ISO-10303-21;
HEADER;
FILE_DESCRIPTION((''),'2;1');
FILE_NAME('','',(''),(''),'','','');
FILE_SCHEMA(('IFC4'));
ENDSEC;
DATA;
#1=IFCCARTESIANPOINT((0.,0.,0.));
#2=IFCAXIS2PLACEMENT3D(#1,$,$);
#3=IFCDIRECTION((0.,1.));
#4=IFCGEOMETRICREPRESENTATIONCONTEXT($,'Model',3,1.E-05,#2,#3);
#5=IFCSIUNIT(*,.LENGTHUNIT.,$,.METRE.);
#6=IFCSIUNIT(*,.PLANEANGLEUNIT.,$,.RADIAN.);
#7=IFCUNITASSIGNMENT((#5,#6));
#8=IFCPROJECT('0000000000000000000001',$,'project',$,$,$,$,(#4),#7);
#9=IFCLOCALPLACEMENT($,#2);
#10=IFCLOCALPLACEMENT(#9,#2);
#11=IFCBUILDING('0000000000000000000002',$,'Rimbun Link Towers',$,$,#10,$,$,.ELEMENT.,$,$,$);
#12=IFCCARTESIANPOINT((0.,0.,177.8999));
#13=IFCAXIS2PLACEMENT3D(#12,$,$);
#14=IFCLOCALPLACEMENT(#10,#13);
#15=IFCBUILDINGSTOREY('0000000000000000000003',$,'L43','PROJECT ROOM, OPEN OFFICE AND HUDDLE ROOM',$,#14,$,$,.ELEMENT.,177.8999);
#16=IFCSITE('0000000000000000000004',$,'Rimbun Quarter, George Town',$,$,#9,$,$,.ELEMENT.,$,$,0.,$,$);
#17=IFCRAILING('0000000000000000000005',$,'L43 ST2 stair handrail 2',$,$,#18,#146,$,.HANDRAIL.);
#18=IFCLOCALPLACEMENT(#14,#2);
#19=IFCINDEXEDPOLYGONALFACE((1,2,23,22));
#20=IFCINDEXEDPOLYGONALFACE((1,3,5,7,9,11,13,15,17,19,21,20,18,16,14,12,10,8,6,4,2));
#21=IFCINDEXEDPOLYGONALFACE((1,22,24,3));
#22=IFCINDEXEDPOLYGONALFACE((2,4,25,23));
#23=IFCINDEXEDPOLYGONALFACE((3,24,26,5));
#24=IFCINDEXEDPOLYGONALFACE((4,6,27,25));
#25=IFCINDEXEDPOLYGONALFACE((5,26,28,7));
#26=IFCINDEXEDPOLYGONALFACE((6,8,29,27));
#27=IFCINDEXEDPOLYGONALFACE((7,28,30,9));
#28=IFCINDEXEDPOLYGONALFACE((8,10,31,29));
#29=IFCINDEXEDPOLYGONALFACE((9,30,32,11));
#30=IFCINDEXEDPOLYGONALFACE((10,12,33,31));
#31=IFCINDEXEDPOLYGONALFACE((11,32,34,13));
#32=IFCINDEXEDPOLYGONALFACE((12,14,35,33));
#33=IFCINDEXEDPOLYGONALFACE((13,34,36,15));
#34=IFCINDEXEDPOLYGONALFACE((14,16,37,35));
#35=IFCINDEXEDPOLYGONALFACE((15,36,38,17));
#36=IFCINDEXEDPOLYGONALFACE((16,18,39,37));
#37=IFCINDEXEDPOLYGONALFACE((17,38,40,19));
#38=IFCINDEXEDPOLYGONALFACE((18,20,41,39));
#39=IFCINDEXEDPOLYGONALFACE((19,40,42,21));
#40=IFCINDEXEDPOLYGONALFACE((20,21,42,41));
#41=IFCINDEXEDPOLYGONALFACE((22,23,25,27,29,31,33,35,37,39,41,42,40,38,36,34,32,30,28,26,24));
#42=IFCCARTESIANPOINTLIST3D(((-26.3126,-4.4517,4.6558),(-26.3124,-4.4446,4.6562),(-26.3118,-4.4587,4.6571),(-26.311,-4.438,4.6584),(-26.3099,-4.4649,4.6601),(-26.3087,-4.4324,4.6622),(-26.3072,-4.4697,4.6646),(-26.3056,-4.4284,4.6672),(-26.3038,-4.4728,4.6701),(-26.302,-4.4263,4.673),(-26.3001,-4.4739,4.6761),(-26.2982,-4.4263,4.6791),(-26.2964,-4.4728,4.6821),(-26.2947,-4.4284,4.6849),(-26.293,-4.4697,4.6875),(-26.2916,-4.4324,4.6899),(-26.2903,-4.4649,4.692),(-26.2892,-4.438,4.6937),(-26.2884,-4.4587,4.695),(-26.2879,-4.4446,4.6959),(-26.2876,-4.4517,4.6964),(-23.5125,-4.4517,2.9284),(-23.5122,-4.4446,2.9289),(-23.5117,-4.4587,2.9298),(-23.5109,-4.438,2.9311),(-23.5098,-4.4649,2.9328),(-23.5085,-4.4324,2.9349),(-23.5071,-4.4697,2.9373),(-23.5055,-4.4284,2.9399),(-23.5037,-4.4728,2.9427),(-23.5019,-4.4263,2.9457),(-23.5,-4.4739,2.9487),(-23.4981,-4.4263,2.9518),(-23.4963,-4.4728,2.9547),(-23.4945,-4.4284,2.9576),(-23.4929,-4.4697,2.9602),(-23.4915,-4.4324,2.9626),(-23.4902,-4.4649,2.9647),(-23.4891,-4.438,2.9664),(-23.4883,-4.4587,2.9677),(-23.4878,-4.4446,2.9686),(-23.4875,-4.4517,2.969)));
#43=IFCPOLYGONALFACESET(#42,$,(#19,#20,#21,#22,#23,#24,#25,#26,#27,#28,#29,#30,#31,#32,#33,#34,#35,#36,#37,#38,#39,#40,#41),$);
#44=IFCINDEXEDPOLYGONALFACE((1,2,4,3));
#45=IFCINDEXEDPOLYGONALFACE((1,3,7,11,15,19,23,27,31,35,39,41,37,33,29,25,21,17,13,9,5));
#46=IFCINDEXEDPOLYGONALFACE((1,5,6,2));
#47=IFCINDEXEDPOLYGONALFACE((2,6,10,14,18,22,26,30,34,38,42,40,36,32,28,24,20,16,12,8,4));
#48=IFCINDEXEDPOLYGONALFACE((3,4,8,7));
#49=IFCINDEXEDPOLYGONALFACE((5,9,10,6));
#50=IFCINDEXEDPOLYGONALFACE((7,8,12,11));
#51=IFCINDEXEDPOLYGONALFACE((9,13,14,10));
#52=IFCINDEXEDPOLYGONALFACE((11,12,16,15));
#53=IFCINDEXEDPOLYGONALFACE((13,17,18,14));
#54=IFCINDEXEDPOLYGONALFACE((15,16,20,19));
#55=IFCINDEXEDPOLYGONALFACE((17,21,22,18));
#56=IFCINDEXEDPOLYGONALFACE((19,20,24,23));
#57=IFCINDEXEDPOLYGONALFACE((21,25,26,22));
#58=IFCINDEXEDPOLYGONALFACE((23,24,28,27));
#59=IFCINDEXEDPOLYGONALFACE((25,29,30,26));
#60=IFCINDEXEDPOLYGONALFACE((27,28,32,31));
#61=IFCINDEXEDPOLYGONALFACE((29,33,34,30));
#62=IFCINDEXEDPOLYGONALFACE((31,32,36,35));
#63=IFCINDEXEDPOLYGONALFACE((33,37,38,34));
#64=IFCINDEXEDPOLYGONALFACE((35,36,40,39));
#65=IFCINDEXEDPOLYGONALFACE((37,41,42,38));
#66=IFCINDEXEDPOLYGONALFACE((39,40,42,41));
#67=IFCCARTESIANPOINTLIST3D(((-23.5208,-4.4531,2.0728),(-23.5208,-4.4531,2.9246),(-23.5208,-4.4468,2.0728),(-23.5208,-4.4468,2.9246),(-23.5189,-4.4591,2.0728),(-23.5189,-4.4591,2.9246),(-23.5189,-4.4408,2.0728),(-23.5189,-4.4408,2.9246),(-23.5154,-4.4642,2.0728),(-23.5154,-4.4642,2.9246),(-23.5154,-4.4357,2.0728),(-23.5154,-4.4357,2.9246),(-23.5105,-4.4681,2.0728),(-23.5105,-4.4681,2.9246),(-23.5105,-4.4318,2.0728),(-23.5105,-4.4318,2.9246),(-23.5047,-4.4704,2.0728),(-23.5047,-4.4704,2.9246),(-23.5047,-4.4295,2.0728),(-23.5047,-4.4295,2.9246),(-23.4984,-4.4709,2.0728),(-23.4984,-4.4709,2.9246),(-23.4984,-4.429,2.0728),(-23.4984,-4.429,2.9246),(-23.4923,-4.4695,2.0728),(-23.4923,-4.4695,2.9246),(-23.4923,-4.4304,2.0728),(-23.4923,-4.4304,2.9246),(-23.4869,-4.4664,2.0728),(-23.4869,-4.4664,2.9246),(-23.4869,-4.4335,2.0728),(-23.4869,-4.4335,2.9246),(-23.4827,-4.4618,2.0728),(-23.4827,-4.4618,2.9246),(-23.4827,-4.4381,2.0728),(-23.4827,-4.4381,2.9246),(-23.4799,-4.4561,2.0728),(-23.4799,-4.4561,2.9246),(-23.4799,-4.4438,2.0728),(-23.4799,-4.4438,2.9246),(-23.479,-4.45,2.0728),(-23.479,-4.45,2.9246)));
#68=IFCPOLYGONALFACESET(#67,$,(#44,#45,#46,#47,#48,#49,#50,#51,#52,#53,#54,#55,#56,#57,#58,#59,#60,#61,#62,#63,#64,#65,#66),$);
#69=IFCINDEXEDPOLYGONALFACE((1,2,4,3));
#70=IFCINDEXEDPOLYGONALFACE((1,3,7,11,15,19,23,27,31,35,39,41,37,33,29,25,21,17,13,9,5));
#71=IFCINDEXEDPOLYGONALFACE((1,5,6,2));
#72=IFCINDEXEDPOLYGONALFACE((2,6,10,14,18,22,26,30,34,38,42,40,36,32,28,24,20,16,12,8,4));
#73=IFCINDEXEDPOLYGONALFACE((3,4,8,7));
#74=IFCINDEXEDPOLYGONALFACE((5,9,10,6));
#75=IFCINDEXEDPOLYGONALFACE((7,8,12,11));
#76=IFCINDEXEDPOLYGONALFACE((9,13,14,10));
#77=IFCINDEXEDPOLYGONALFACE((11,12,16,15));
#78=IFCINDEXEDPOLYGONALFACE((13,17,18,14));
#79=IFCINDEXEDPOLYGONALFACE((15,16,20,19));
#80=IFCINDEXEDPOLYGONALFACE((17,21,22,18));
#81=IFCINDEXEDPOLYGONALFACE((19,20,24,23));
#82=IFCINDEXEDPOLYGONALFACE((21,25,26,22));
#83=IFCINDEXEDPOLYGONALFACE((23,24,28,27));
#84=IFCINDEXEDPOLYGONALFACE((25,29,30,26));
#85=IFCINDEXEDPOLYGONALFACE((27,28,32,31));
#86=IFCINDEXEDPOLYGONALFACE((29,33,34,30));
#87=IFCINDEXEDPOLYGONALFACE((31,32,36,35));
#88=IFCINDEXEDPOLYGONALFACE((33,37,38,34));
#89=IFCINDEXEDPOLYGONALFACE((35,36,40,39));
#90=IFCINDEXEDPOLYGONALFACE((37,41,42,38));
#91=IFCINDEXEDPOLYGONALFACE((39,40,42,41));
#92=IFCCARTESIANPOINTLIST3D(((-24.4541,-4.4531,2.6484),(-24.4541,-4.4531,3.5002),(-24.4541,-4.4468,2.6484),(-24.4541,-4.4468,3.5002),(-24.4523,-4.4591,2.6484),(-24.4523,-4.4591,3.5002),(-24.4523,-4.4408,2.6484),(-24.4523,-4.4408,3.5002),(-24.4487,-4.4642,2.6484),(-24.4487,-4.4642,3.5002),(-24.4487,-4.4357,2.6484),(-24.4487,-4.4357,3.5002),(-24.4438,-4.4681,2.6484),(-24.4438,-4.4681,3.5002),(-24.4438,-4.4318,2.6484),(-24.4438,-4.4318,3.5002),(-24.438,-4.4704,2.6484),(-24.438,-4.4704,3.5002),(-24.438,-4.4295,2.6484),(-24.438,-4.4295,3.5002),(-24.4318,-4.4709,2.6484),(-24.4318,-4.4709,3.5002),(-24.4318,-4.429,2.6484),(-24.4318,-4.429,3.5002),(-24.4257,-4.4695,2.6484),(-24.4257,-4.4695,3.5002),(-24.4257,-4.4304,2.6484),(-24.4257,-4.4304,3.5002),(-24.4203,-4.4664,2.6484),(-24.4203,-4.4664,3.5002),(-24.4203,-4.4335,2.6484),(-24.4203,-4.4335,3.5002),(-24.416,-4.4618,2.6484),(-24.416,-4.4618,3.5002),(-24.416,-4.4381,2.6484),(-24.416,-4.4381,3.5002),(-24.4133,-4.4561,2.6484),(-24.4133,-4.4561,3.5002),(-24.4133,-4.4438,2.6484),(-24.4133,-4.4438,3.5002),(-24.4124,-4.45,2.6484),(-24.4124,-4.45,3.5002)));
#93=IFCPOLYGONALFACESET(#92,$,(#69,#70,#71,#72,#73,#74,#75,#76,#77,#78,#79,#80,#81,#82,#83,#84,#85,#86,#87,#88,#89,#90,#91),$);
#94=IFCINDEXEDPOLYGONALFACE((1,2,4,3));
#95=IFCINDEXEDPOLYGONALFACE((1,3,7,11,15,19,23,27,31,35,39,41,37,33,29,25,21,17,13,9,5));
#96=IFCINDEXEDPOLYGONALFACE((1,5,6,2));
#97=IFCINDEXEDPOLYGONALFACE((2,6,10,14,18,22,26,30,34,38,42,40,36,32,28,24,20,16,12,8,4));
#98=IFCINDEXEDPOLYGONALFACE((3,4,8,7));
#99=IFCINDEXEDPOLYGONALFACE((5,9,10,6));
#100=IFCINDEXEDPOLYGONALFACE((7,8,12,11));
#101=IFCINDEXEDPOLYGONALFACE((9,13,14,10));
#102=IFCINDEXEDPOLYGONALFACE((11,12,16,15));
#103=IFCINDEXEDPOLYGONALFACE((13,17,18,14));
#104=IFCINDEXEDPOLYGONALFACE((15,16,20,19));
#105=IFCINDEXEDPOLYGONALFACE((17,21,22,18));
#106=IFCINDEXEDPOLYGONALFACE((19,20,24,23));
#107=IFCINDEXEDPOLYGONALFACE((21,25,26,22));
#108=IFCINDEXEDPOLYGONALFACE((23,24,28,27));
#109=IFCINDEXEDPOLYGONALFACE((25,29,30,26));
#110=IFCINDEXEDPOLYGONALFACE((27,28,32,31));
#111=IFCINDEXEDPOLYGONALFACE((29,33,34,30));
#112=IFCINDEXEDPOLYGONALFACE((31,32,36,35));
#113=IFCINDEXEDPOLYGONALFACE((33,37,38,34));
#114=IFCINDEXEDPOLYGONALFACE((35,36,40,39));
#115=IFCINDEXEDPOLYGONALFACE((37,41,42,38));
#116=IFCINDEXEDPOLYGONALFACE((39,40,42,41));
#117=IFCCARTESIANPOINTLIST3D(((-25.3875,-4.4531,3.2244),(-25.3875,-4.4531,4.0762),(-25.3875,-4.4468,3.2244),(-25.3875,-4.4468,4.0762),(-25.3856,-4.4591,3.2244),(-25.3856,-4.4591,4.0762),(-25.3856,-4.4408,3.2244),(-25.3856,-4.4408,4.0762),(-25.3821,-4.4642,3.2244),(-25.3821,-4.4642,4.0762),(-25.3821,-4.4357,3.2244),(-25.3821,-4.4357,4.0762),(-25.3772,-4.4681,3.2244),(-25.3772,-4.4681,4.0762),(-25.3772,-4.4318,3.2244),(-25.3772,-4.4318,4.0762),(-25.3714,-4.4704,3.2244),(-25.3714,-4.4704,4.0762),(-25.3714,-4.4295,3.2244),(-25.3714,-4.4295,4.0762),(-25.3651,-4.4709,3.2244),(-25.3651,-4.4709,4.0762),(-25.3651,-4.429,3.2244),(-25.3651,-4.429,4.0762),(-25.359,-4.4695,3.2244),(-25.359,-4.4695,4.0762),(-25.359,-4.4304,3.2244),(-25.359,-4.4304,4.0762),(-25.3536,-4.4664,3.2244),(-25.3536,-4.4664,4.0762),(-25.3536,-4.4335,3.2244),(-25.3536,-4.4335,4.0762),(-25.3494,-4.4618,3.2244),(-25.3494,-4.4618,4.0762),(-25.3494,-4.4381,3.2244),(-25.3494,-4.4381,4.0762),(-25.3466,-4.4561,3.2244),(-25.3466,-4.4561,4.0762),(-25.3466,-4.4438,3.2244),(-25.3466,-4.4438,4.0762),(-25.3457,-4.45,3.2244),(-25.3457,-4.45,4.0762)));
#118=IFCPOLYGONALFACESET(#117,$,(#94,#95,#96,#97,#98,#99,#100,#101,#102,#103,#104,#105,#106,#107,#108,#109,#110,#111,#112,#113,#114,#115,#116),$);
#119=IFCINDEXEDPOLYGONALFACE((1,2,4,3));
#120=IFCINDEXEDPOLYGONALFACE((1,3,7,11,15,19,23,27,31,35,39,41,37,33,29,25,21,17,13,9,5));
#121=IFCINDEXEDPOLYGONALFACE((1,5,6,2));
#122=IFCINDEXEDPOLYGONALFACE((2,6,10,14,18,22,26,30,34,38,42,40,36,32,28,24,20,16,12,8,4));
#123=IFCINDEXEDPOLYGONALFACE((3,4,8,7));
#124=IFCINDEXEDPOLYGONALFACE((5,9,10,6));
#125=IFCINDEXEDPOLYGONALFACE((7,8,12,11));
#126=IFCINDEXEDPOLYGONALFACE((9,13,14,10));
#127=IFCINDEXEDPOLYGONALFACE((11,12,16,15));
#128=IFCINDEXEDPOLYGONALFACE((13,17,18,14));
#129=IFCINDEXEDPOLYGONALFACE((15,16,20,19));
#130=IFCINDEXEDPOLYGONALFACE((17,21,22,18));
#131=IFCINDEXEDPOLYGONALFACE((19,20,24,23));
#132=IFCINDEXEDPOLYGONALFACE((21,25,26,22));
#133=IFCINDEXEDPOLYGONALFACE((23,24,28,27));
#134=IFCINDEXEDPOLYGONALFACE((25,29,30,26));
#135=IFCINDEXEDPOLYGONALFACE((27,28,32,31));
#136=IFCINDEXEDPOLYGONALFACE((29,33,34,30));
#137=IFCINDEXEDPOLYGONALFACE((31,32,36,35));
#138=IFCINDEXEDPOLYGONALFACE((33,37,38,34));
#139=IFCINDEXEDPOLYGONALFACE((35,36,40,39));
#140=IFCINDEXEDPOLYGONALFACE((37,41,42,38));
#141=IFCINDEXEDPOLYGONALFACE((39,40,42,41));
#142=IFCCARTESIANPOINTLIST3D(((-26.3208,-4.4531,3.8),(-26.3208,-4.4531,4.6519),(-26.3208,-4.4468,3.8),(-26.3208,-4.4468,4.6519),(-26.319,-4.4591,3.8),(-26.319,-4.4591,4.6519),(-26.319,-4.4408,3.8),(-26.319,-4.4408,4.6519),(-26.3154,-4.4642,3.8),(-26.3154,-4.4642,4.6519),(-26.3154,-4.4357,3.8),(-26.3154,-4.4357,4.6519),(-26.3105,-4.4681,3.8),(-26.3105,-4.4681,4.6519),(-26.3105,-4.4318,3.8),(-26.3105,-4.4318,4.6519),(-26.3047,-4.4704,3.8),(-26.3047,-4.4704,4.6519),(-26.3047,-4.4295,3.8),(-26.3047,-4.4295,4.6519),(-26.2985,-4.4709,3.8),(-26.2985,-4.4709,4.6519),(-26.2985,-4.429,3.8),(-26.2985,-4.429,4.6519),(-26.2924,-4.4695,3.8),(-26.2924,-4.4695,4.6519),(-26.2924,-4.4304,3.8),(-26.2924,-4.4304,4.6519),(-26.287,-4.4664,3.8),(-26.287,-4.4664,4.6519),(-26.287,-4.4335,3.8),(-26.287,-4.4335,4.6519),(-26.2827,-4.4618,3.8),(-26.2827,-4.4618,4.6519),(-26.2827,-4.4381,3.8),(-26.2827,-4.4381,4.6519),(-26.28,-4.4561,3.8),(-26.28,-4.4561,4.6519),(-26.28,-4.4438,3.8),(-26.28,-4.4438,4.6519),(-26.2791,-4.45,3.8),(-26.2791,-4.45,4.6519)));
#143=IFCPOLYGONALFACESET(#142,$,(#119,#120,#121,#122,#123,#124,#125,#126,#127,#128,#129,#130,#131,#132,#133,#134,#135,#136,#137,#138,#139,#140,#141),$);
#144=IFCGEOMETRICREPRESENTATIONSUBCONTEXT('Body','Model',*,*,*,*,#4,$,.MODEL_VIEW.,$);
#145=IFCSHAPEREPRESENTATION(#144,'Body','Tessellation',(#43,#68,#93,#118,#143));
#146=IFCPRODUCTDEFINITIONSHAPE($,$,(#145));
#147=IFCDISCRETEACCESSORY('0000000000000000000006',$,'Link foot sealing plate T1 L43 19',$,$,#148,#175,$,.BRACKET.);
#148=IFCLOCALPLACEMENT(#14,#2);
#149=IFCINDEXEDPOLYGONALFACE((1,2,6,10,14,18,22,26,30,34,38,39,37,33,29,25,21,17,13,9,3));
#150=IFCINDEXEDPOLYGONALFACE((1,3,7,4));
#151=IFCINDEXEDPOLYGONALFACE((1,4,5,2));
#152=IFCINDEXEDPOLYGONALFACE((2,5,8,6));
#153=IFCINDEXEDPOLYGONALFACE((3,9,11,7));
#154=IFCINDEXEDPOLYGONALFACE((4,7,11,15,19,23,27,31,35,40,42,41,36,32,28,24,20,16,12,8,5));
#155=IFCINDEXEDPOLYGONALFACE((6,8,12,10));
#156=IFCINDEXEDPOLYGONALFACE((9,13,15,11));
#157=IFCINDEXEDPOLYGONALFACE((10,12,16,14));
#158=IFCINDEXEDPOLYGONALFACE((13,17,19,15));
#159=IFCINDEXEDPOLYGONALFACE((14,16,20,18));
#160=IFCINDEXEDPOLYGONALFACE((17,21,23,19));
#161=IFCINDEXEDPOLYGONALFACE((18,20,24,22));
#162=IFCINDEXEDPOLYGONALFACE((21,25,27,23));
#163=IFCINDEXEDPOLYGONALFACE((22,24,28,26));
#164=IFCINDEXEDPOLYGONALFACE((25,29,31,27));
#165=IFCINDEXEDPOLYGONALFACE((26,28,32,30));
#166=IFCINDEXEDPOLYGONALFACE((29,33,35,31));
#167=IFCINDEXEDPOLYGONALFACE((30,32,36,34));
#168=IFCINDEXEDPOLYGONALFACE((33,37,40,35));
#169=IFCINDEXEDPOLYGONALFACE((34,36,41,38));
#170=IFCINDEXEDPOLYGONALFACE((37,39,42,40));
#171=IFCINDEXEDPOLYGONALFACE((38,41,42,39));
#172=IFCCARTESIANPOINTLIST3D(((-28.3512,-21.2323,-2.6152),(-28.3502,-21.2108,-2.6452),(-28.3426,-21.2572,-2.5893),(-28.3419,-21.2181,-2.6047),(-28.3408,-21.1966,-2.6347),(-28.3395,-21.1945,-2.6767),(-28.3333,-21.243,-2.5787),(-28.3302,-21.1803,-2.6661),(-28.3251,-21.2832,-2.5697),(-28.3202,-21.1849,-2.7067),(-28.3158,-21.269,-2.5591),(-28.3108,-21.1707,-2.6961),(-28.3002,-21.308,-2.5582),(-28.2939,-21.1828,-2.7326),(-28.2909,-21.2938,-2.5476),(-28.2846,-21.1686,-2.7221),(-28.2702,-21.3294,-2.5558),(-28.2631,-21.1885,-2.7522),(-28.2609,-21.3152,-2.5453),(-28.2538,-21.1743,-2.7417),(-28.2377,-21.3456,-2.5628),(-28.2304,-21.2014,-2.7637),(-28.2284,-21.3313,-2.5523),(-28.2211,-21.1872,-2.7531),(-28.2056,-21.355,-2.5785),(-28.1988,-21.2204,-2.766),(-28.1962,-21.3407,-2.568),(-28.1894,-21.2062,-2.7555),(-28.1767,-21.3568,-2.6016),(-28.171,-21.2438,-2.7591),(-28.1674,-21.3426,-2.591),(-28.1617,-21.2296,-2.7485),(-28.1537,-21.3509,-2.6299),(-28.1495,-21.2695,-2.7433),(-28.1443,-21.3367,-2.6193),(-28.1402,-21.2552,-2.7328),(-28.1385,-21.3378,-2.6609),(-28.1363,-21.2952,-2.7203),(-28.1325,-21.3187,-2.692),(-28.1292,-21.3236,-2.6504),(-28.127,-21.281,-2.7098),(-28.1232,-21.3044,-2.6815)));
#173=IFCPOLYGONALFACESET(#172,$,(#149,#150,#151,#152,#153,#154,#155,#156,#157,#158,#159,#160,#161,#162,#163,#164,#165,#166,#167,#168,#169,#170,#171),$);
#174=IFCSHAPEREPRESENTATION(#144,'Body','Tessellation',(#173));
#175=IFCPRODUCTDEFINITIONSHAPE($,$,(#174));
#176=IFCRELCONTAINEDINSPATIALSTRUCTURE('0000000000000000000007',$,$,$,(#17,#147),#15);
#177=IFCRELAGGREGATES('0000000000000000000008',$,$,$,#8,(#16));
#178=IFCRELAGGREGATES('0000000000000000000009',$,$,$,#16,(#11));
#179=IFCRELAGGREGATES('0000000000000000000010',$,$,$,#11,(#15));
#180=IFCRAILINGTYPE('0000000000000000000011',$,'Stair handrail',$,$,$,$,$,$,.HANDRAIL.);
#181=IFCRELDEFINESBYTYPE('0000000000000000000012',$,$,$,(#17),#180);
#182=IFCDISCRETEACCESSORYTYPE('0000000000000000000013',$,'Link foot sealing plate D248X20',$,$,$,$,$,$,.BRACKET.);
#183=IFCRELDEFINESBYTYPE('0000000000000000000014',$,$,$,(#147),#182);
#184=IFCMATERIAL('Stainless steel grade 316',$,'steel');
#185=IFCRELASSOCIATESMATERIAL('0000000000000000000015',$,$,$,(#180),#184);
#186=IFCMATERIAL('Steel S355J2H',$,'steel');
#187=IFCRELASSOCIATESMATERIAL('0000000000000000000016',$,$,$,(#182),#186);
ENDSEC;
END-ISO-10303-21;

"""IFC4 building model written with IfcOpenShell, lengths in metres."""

from ifc_helpers import new_model, si_unit, direction, frame, origin, origin_2d, place, context, subcontext, project, spatial, circle, extrude, material, material_profile, profile_set, type_object, element, save


model = new_model("IFC4")

# Units and contexts
model_context = context("Model", 3, precision=1e-05, world=origin(), true_north=direction((0.0, 1.0)))
body_context = subcontext(model_context, "Body", "Model", "MODEL_VIEW")
ifc_project = project(units=[si_unit("LENGTHUNIT", "METRE"), si_unit("PLANEANGLEUNIT", "RADIAN")], contexts=[model_context])

# Site, building, storey
site_placement = place(None, origin())
site = spatial("IfcSite", under=ifc_project, at=site_placement, Name="Rimbun Quarter, George Town", CompositionType="ELEMENT", RefElevation=0.0)
building_placement = place(site_placement, origin())
building = spatial("IfcBuilding", under=site, at=building_placement, Name="Rimbun Link Towers", CompositionType="ELEMENT")
storey_placement = place(building_placement, frame((0.0, 0.0, 177.8999)))
storey = spatial("IfcBuildingStorey", under=building, at=storey_placement, Name="L43", Description="PROJECT ROOM, OPEN OFFICE AND HUDDLE ROOM", CompositionType="ELEMENT", Elevation=177.8999)

# Railing
ifc_material_1 = material(Name="Stainless steel grade 316", Category="steel")
railing_type_1 = type_object("IfcRailingType", Name="Stair handrail", PredefinedType="HANDRAIL", material=ifc_material_1)
railing_1_placement = place(storey_placement, frame((-23.5, -4.45, 2.0728)))
element("IfcRailing", 1, at=railing_1_placement, inside=storey, type_object=railing_type_1, Name="L43 ST2 stair handrail 2", PredefinedType="HANDRAIL", context=body_context, shape_type="SweptSolid", body=[
    extrude(circle(Radius=0.0239, at=origin_2d()), frame((0.0, 0.0, 0.876), z_axis=(-0.85109, 0.0, 0.52502), x_axis=(0.0, -1.0, 0.0)), (0.0, 0.0, 1.0), 3.29),
    extrude(circle(Radius=0.021, at=origin_2d()), origin(), (0.0, 0.0, 1.0), 0.8518),
    extrude(circle(Radius=0.021, at=origin_2d()), frame((-0.9333, 0.0, 0.5757)), (0.0, 0.0, 1.0), 0.8518),
    extrude(circle(Radius=0.021, at=origin_2d()), frame((-1.8667, 0.0, 1.1516)), (0.0, 0.0, 1.0), 0.8518),
    extrude(circle(Radius=0.021, at=origin_2d()), frame((-2.8, 0.0, 1.7273)), (0.0, 0.0, 1.0), 0.8518),
])

# Discrete accessory
ifc_material_2 = material(Name="Steel S355J2H", Category="steel")
ifc_material_profile_1 = material_profile(ifc_material_2, circle(Radius=0.124, at=origin_2d()), Name="PL D248")
ifc_profile_set_1 = profile_set([ifc_material_profile_1], Name="Steel S355J2H")
discrete_accessory_type = type_object("IfcDiscreteAccessoryType", Name="Link foot sealing plate D248X20", PredefinedType="BRACKET", material=ifc_profile_set_1)
discrete_accessory_placement = place(storey_placement, frame((-28.2329, -21.2556, -2.6504), z_axis=(-0.465741, -0.710868, -0.527023), x_axis=(0.836461, -0.548026, 0.0)))
element("IfcDiscreteAccessory", 2, at=discrete_accessory_placement, inside=storey, type_object=discrete_accessory_type, Name="Link foot sealing plate T1 L43 19", PredefinedType="BRACKET", context=body_context, shape_type="SweptSolid", body=[
    extrude(circle(Radius=0.124, at=origin_2d()), origin(), (0.0, 0.0, 1.0), 0.02),
])

save(model, "model.ifc")
